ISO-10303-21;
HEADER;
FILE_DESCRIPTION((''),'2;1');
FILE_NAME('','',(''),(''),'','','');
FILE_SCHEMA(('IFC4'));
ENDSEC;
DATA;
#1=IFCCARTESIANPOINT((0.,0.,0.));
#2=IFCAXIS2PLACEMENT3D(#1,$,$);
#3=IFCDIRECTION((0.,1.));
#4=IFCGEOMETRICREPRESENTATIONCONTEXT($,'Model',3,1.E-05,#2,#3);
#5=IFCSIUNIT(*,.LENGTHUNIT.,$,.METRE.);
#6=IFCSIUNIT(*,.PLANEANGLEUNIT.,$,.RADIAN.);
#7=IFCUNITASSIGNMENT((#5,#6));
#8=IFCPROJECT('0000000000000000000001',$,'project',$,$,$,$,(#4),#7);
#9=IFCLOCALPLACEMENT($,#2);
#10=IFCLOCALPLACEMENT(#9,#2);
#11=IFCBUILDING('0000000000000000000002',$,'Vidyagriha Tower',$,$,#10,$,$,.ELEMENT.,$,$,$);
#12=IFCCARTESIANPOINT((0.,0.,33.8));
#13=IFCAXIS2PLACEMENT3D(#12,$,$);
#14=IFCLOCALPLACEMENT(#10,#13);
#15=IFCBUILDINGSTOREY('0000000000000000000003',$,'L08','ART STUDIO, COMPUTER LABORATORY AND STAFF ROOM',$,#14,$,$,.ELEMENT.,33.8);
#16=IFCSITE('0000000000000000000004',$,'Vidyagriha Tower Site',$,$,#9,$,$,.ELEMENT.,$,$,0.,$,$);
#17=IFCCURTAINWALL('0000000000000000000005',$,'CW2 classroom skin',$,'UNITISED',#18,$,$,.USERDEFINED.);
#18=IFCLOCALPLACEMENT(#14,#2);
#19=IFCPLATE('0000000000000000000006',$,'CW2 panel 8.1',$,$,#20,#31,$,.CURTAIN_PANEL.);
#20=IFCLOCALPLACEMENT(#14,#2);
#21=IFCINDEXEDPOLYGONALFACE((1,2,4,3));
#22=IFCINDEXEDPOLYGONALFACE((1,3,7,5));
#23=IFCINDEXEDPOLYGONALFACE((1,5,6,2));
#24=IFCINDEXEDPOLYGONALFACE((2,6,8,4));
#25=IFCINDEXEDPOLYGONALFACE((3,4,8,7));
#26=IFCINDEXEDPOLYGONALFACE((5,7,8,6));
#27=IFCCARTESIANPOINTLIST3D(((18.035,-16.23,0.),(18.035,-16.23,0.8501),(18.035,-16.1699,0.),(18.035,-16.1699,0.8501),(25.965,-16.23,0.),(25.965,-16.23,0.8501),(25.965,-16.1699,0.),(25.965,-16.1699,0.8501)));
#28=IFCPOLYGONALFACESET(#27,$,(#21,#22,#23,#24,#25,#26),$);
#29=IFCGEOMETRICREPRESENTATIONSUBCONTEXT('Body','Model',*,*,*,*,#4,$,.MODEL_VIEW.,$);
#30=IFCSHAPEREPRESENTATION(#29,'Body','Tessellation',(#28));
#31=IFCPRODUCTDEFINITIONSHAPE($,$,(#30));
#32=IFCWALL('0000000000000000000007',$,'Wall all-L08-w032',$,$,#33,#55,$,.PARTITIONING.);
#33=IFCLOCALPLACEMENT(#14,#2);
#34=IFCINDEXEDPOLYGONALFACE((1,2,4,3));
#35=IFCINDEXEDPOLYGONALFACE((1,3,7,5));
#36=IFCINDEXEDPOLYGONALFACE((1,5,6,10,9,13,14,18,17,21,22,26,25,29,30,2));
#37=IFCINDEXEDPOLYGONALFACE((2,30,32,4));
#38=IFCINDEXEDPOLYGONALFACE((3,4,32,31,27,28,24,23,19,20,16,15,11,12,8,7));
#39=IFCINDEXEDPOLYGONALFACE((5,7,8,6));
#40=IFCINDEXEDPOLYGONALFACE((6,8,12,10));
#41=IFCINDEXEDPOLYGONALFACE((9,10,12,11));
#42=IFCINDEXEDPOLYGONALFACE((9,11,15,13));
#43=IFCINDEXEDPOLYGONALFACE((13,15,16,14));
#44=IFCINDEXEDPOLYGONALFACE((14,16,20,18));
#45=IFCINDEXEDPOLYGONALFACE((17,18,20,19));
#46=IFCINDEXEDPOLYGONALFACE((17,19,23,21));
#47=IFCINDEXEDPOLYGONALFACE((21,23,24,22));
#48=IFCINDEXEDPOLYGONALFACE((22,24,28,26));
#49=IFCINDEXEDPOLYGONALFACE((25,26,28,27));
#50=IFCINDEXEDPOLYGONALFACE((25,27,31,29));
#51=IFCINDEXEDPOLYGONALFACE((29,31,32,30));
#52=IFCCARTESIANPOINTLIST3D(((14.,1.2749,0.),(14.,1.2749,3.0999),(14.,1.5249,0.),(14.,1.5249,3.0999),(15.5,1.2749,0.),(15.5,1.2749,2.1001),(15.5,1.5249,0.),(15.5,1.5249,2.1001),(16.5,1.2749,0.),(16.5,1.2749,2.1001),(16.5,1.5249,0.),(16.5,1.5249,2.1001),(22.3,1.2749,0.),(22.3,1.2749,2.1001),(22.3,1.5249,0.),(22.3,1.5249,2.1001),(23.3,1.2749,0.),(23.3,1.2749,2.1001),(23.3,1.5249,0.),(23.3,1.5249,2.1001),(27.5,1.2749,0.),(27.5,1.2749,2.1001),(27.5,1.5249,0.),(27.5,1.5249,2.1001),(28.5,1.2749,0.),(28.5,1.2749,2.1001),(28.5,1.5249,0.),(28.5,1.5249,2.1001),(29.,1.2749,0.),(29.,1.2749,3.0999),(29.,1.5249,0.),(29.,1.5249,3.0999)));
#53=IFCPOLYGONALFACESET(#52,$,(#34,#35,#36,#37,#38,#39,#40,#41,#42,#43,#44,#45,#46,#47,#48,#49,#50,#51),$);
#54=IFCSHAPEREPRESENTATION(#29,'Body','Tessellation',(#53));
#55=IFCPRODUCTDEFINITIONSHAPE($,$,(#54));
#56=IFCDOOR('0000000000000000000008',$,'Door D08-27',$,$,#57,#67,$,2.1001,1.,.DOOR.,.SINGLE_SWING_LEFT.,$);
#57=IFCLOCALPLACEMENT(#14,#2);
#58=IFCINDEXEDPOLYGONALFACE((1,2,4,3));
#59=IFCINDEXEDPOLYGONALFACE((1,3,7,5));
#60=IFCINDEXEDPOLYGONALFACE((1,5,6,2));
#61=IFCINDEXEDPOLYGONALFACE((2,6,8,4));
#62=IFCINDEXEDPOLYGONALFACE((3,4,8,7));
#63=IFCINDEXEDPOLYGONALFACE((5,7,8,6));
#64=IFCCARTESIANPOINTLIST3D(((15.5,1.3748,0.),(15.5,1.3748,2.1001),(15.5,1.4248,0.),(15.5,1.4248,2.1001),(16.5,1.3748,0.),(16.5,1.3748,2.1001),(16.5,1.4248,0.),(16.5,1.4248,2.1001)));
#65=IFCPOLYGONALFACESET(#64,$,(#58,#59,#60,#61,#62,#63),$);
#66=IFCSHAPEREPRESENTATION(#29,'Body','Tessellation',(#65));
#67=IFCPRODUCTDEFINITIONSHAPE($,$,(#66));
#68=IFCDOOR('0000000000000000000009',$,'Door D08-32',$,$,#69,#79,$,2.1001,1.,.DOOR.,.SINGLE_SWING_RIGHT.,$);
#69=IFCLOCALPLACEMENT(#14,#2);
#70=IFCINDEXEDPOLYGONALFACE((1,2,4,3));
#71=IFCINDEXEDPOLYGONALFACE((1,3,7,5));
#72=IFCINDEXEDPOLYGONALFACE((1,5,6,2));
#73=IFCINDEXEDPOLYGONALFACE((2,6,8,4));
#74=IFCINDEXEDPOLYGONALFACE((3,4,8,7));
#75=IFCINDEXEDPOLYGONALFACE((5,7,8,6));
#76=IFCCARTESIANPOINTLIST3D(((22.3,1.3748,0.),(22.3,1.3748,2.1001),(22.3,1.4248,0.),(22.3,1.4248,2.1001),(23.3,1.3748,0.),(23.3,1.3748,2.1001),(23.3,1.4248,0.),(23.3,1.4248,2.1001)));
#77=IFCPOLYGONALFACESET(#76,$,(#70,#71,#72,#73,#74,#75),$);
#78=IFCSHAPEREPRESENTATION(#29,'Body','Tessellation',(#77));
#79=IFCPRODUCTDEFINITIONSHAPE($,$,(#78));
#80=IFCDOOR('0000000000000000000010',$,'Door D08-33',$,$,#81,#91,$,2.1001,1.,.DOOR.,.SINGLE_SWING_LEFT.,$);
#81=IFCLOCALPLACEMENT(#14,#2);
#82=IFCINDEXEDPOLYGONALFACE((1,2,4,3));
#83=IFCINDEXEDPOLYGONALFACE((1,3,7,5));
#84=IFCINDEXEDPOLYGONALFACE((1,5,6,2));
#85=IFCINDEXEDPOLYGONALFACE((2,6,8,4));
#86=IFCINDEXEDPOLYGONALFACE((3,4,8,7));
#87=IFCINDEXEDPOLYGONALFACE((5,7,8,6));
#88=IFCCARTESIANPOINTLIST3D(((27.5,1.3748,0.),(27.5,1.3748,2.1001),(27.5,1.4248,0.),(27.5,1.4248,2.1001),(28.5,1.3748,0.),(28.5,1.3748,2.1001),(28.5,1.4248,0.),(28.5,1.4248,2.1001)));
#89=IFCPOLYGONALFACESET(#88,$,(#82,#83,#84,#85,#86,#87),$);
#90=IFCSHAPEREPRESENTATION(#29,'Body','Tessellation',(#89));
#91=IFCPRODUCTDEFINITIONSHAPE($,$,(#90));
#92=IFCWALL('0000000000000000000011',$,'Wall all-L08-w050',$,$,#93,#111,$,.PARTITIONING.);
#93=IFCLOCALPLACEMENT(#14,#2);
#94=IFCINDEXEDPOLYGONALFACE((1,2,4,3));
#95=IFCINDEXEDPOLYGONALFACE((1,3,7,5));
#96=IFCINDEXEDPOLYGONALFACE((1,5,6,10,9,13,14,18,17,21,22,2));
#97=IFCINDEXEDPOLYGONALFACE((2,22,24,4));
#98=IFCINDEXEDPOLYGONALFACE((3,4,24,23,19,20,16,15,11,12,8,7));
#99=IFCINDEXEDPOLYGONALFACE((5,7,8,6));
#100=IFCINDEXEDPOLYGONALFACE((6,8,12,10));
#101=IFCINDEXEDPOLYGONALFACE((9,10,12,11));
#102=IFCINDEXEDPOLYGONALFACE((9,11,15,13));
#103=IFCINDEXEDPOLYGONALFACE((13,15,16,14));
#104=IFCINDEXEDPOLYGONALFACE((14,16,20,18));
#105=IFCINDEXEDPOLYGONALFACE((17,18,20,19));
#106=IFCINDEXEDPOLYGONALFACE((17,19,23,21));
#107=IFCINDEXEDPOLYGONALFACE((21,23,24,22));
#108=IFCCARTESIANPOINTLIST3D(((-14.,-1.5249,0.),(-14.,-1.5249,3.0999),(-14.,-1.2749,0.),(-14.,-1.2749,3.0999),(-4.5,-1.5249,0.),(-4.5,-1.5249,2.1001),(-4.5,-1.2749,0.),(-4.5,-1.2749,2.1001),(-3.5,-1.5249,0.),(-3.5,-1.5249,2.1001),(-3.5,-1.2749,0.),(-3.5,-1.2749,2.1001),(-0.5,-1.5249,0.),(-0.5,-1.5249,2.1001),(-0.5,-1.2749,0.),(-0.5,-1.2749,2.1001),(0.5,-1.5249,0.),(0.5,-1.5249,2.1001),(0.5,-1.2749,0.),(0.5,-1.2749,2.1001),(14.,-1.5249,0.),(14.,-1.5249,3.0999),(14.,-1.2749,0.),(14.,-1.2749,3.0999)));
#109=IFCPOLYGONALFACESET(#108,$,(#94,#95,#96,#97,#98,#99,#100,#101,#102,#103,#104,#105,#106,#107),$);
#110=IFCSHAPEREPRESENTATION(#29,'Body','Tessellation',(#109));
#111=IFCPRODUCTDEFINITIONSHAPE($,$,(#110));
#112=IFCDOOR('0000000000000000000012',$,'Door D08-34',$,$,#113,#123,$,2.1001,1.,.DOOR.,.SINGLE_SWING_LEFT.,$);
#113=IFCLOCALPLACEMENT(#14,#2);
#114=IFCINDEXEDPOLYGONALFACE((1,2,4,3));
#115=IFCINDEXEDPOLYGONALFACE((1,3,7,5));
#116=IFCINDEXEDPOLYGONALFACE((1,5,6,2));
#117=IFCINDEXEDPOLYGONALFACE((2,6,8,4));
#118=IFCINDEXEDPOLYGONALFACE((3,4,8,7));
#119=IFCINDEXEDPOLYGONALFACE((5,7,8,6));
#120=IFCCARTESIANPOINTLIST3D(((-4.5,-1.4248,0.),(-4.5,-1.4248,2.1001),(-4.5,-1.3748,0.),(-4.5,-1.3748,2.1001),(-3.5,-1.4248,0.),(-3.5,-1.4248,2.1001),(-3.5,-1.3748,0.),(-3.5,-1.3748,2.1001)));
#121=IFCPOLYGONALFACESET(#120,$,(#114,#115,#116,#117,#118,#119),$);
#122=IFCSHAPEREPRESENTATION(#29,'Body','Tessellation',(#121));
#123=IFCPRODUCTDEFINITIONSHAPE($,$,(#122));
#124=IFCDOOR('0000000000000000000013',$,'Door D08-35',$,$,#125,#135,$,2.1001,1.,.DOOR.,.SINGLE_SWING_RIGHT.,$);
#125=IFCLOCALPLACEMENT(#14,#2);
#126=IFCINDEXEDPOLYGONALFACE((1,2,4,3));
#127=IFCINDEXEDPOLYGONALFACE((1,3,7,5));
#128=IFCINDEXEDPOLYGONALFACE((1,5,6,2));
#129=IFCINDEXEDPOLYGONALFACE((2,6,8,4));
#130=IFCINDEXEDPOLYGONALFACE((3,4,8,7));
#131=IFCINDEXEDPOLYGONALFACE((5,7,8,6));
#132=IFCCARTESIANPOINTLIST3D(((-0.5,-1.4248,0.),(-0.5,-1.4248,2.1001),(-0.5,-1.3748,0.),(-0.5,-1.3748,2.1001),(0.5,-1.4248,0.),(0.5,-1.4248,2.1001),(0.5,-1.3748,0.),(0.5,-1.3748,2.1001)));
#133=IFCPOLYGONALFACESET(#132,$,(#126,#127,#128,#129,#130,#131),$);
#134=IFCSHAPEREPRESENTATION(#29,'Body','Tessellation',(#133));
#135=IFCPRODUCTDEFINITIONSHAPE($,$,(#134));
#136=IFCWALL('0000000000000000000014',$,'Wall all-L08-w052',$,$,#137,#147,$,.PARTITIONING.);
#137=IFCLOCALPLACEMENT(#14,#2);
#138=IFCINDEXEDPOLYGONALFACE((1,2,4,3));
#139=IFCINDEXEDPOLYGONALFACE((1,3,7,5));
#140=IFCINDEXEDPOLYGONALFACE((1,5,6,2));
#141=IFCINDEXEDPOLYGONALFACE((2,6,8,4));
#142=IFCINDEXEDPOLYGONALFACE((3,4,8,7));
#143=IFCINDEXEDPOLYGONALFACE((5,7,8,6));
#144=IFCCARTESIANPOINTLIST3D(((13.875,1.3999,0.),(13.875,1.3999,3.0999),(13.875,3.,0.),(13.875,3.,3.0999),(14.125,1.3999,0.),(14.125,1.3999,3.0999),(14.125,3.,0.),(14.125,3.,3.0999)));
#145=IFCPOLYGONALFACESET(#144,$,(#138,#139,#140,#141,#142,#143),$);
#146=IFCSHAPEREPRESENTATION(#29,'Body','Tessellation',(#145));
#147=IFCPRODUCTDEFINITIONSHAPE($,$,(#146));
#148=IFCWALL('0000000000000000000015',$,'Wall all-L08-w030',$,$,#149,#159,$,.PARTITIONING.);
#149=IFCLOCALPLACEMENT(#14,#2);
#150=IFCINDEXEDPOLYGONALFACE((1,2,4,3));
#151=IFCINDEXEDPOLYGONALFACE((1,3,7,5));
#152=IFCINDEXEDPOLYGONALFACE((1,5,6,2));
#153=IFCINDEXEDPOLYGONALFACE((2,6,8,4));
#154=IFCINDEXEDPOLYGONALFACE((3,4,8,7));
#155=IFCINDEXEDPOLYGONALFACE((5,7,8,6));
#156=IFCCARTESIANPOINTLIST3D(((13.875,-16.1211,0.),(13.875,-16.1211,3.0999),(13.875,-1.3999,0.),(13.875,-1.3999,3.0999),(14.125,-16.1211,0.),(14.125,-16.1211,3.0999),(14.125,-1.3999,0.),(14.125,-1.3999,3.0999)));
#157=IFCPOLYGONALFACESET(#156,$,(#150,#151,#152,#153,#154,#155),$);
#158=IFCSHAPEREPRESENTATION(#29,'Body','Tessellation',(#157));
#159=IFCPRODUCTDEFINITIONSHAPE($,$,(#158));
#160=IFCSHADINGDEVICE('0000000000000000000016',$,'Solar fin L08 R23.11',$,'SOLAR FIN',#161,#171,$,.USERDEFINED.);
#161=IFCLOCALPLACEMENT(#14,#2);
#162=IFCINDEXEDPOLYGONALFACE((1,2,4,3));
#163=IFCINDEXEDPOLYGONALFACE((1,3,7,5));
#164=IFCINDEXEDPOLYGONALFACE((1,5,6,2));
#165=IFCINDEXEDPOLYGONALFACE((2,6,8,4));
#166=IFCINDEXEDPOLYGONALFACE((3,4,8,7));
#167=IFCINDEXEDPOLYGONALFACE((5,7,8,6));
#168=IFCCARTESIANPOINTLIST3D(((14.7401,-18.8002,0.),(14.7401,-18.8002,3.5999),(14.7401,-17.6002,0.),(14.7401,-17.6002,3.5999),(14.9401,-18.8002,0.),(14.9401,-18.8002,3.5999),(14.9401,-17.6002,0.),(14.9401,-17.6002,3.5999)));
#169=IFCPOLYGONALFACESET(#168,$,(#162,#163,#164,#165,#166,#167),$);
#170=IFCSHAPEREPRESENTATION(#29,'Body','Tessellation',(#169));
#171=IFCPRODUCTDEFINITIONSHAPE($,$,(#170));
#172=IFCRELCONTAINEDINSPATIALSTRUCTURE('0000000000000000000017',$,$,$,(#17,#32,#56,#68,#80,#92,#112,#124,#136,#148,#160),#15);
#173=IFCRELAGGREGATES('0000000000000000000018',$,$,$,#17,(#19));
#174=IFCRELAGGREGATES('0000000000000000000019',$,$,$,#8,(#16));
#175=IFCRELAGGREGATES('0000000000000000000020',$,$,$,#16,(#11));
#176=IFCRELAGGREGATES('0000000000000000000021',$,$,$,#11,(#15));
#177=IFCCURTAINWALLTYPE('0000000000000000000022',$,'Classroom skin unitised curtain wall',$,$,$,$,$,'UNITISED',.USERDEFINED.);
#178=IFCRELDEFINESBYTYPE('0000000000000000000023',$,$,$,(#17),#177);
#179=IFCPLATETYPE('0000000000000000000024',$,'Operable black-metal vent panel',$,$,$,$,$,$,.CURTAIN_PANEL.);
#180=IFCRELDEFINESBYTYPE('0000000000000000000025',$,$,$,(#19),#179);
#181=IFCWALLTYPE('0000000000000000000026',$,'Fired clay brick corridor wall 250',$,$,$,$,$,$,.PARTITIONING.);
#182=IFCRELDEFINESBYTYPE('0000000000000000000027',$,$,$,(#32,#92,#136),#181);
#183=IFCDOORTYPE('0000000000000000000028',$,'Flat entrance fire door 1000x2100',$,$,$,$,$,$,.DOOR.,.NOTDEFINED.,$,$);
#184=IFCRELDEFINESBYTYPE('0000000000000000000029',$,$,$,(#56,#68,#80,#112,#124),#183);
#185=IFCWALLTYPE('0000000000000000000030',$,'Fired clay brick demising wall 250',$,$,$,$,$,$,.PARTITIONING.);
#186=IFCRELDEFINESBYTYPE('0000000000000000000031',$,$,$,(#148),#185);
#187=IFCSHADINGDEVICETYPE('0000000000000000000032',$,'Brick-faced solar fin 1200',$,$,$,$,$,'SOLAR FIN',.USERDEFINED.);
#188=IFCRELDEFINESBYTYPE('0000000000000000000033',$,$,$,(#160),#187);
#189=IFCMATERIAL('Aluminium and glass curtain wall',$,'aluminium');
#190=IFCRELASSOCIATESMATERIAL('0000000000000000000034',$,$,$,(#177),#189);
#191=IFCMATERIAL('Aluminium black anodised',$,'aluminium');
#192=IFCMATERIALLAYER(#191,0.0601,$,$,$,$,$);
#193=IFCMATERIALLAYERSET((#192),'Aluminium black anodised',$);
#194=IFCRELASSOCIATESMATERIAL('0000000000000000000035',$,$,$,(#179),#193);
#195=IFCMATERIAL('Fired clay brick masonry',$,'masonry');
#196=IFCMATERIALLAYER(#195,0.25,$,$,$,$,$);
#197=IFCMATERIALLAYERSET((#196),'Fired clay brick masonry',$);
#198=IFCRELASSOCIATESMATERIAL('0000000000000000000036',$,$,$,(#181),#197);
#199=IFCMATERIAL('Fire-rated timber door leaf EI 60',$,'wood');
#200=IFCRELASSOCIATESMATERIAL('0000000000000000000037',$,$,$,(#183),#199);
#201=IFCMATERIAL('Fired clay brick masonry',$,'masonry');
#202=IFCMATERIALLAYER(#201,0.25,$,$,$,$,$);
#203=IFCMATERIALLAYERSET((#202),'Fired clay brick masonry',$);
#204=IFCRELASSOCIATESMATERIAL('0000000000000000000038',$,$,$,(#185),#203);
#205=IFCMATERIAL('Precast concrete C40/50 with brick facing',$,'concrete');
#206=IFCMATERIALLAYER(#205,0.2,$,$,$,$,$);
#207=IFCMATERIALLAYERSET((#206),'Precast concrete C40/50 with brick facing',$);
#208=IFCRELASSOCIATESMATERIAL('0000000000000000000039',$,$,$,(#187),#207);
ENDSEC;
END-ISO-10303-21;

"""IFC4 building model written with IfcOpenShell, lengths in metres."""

from ifc_helpers import new_model, si_unit, direction, frame, frame_2d, origin, origin_2d, place, context, subcontext, project, spatial, rectangle, extrude, material, layer, layer_set, type_object, element, fill, aggregate, save


model = new_model("IFC4")

# Units and contexts
model_context = context("Model", 3, precision=1e-05, world=origin(), true_north=direction((0.0, 1.0)))
body_context = subcontext(model_context, "Body", "Model", "MODEL_VIEW")
ifc_project = project(units=[si_unit("LENGTHUNIT", "METRE"), si_unit("PLANEANGLEUNIT", "RADIAN")], contexts=[model_context])

# Site, building, storey
site_placement = place(None, origin())
site = spatial("IfcSite", under=ifc_project, at=site_placement, Name="Vidyagriha Tower Site", CompositionType="ELEMENT", RefElevation=0.0)
building_placement = place(site_placement, origin())
building = spatial("IfcBuilding", under=site, at=building_placement, Name="Vidyagriha Tower", CompositionType="ELEMENT")
storey_placement = place(building_placement, frame((0.0, 0.0, 33.8)))
storey = spatial("IfcBuildingStorey", under=building, at=storey_placement, Name="L08", Description="ART STUDIO, COMPUTER LABORATORY AND STAFF ROOM", CompositionType="ELEMENT", Elevation=33.8)

# Curtain wall, plate
ifc_material_1 = material(Name="Aluminium and glass curtain wall", Category="aluminium")
curtain_wall_type = type_object("IfcCurtainWallType", Name="Classroom skin unitised curtain wall", ElementType="UNITISED", PredefinedType="USERDEFINED", material=ifc_material_1)
curtain_wall_placement = place(storey_placement, origin())
curtain_wall = element("IfcCurtainWall", 1, at=curtain_wall_placement, inside=storey, type_object=curtain_wall_type, Name="CW2 classroom skin", ObjectType="UNITISED", PredefinedType="USERDEFINED")
ifc_material_2 = material(Name="Aluminium black anodised", Category="aluminium")
ifc_layer_1 = layer(ifc_material_2, 0.0601)
ifc_layer_set_1 = layer_set([ifc_layer_1], Name="Aluminium black anodised")
plate_type_1 = type_object("IfcPlateType", Name="Operable black-metal vent panel", PredefinedType="CURTAIN_PANEL", material=ifc_layer_set_1)
plate_1_placement = place(storey_placement, frame((22.0, -16.2, 0.0)))
plate_1 = element("IfcPlate", 2, at=plate_1_placement, type_object=plate_type_1, Name="CW2 panel 8.1", PredefinedType="CURTAIN_PANEL", context=body_context, shape_type="SweptSolid", body=[
    extrude(rectangle(XDim=7.9299, YDim=0.0601, at=origin_2d()), origin(), (0.0, 0.0, 1.0), 0.8501),
])
aggregate(curtain_wall, [plate_1])

# Walls, openings, doors
ifc_material_3 = material(Name="Fired clay brick masonry", Category="masonry")
ifc_layer_2 = layer(ifc_material_3, 0.25)
ifc_layer_set_2 = layer_set([ifc_layer_2], Name="Fired clay brick masonry")
wall_type_1 = type_object("IfcWallType", Name="Fired clay brick corridor wall 250", PredefinedType="PARTITIONING", material=ifc_layer_set_2)
wall_1_placement = place(storey_placement, frame((14.0, 1.3999, 0.0)))
wall_1 = element("IfcWall", 3, at=wall_1_placement, inside=storey, type_object=wall_type_1, Name="Wall all-L08-w032", PredefinedType="PARTITIONING", context=body_context, shape_type="SweptSolid", body=[
    extrude(rectangle(XDim=15.0, YDim=0.25, at=frame_2d((7.5, 0.0))), origin(), (0.0, 0.0, 1.0), 3.0999),
])
opening_1_placement = place(wall_1_placement, frame((1.5, 0.0, 0.0)))
opening_1 = element("IfcOpeningElement", 4, at=opening_1_placement, cuts=wall_1, PredefinedType="OPENING", context=body_context, shape_type="SweptSolid", body=[
    extrude(rectangle(XDim=1.0, YDim=2.1001, at=frame_2d((0.5, 1.05))), frame((0.0, 0.135, 0.0), z_axis=(0.0, -1.0, 0.0), x_axis=(1.0, 0.0, 0.0)), (0.0, 0.0, 1.0), 0.27),
])
opening_2_placement = place(wall_1_placement, frame((8.3, 0.0, 0.0)))
opening_2 = element("IfcOpeningElement", 5, at=opening_2_placement, cuts=wall_1, PredefinedType="OPENING", context=body_context, shape_type="SweptSolid", body=[
    extrude(rectangle(XDim=1.0, YDim=2.1001, at=frame_2d((0.5, 1.05))), frame((0.0, 0.135, 0.0), z_axis=(0.0, -1.0, 0.0), x_axis=(1.0, 0.0, 0.0)), (0.0, 0.0, 1.0), 0.27),
])
opening_3_placement = place(wall_1_placement, frame((13.5, 0.0, 0.0)))
opening_3 = element("IfcOpeningElement", 6, at=opening_3_placement, cuts=wall_1, PredefinedType="OPENING", context=body_context, shape_type="SweptSolid", body=[
    extrude(rectangle(XDim=1.0, YDim=2.1001, at=frame_2d((0.5, 1.05))), frame((0.0, 0.135, 0.0), z_axis=(0.0, -1.0, 0.0), x_axis=(1.0, 0.0, 0.0)), (0.0, 0.0, 1.0), 0.27),
])
ifc_material_4 = material(Name="Fire-rated timber door leaf EI 60", Category="wood")
door_type = type_object("IfcDoorType", Name="Flat entrance fire door 1000x2100", OperationType="NOTDEFINED", PredefinedType="DOOR", material=ifc_material_4)
door_1_placement = place(opening_1_placement, origin())
door_1 = element("IfcDoor", 7, at=door_1_placement, inside=storey, type_object=door_type, Name="Door D08-27", OperationType="SINGLE_SWING_LEFT", OverallHeight=2.1001, OverallWidth=1.0, PredefinedType="DOOR", context=body_context, shape_type="SweptSolid", body=[
    extrude(rectangle(XDim=1.0, YDim=2.1001, at=frame_2d((0.5, 1.05))), frame((0.0, 0.0249, 0.0), z_axis=(0.0, -1.0, 0.0), x_axis=(1.0, 0.0, 0.0)), (0.0, 0.0, 1.0), 0.05),
])
fill(opening_1, door_1)
door_2_placement = place(opening_2_placement, origin())
door_2 = element("IfcDoor", 8, at=door_2_placement, inside=storey, type_object=door_type, Name="Door D08-32", OperationType="SINGLE_SWING_RIGHT", OverallHeight=2.1001, OverallWidth=1.0, PredefinedType="DOOR", context=body_context, shape_type="SweptSolid", body=[
    extrude(rectangle(XDim=1.0, YDim=2.1001, at=frame_2d((0.5, 1.05))), frame((0.0, 0.0249, 0.0), z_axis=(0.0, -1.0, 0.0), x_axis=(1.0, 0.0, 0.0)), (0.0, 0.0, 1.0), 0.05),
])
fill(opening_2, door_2)
door_3_placement = place(opening_3_placement, origin())
door_3 = element("IfcDoor", 9, at=door_3_placement, inside=storey, type_object=door_type, Name="Door D08-33", OperationType="SINGLE_SWING_LEFT", OverallHeight=2.1001, OverallWidth=1.0, PredefinedType="DOOR", context=body_context, shape_type="SweptSolid", body=[
    extrude(rectangle(XDim=1.0, YDim=2.1001, at=frame_2d((0.5, 1.05))), frame((0.0, 0.0249, 0.0), z_axis=(0.0, -1.0, 0.0), x_axis=(1.0, 0.0, 0.0)), (0.0, 0.0, 1.0), 0.05),
])
fill(opening_3, door_3)
wall_2_placement = place(storey_placement, frame((14.0, -1.3999, 0.0), z_axis=(0.0, 0.0, 1.0), x_axis=(-1.0, 0.0, 0.0)))
wall_2 = element("IfcWall", 10, at=wall_2_placement, inside=storey, type_object=wall_type_1, Name="Wall all-L08-w050", PredefinedType="PARTITIONING", context=body_context, shape_type="SweptSolid", body=[
    extrude(rectangle(XDim=28.0, YDim=0.25, at=frame_2d((14.0, 0.0))), origin(), (0.0, 0.0, 1.0), 3.0999),
])
opening_4_placement = place(wall_2_placement, frame((17.5, 0.0, 0.0)))
opening_4 = element("IfcOpeningElement", 11, at=opening_4_placement, cuts=wall_2, PredefinedType="OPENING", context=body_context, shape_type="SweptSolid", body=[
    extrude(rectangle(XDim=1.0, YDim=2.1001, at=frame_2d((0.5, 1.05))), frame((0.0, 0.135, 0.0), z_axis=(0.0, -1.0, 0.0), x_axis=(1.0, 0.0, 0.0)), (0.0, 0.0, 1.0), 0.27),
])
opening_5_placement = place(wall_2_placement, frame((13.5, 0.0, 0.0)))
opening_5 = element("IfcOpeningElement", 12, at=opening_5_placement, cuts=wall_2, PredefinedType="OPENING", context=body_context, shape_type="SweptSolid", body=[
    extrude(rectangle(XDim=1.0, YDim=2.1001, at=frame_2d((0.5, 1.05))), frame((0.0, 0.135, 0.0), z_axis=(0.0, -1.0, 0.0), x_axis=(1.0, 0.0, 0.0)), (0.0, 0.0, 1.0), 0.27),
])
door_4_placement = place(opening_4_placement, origin())
door_4 = element("IfcDoor", 13, at=door_4_placement, inside=storey, type_object=door_type, Name="Door D08-34", OperationType="SINGLE_SWING_LEFT", OverallHeight=2.1001, OverallWidth=1.0, PredefinedType="DOOR", context=body_context, shape_type="SweptSolid", body=[
    extrude(rectangle(XDim=1.0, YDim=2.1001, at=frame_2d((0.5, 1.05))), frame((0.0, 0.0249, 0.0), z_axis=(0.0, -1.0, 0.0), x_axis=(1.0, 0.0, 0.0)), (0.0, 0.0, 1.0), 0.05),
])
fill(opening_4, door_4)
door_5_placement = place(opening_5_placement, origin())
door_5 = element("IfcDoor", 14, at=door_5_placement, inside=storey, type_object=door_type, Name="Door D08-35", OperationType="SINGLE_SWING_RIGHT", OverallHeight=2.1001, OverallWidth=1.0, PredefinedType="DOOR", context=body_context, shape_type="SweptSolid", body=[
    extrude(rectangle(XDim=1.0, YDim=2.1001, at=frame_2d((0.5, 1.05))), frame((0.0, 0.0249, 0.0), z_axis=(0.0, -1.0, 0.0), x_axis=(1.0, 0.0, 0.0)), (0.0, 0.0, 1.0), 0.05),
])
fill(opening_5, door_5)

# Walls
wall_3_placement = place(storey_placement, frame((14.0, 1.3999, 0.0), z_axis=(0.0, 0.0, 1.0), x_axis=(0.0, 1.0, 0.0)))
element("IfcWall", 15, at=wall_3_placement, inside=storey, type_object=wall_type_1, Name="Wall all-L08-w052", PredefinedType="PARTITIONING", context=body_context, shape_type="SweptSolid", body=[
    extrude(rectangle(XDim=1.6001, YDim=0.25, at=frame_2d((0.8, 0.0))), origin(), (0.0, 0.0, 1.0), 3.0999),
])
ifc_material_5 = material(Name="Fired clay brick masonry", Category="masonry")
ifc_layer_3 = layer(ifc_material_5, 0.25)
ifc_layer_set_3 = layer_set([ifc_layer_3], Name="Fired clay brick masonry")
wall_type_2 = type_object("IfcWallType", Name="Fired clay brick demising wall 250", PredefinedType="PARTITIONING", material=ifc_layer_set_3)
wall_4_placement = place(storey_placement, frame((14.0, -1.3999, 0.0), z_axis=(0.0, 0.0, 1.0), x_axis=(0.0, -1.0, 0.0)))
element("IfcWall", 16, at=wall_4_placement, inside=storey, type_object=wall_type_2, Name="Wall all-L08-w030", PredefinedType="PARTITIONING", context=body_context, shape_type="SweptSolid", body=[
    extrude(rectangle(XDim=14.7212, YDim=0.25, at=frame_2d((7.3606, 0.0))), origin(), (0.0, 0.0, 1.0), 3.0999),
])

# Shading device
ifc_material_6 = material(Name="Precast concrete C40/50 with brick facing", Category="concrete")
ifc_layer_4 = layer(ifc_material_6, 0.2)
ifc_layer_set_4 = layer_set([ifc_layer_4], Name="Precast concrete C40/50 with brick facing")
shading_device_type = type_object("IfcShadingDeviceType", Name="Brick-faced solar fin 1200", ElementType="SOLAR FIN", PredefinedType="USERDEFINED", material=ifc_layer_set_4)
for number, where, z_axis, x_axis, name in (
    (17, (14.8401, -17.6001, 0.0), (0.0, 0.0, 1.0), (0.0, -1.0, 0.0), "Solar fin L08 R23.11"),
):
    element("IfcShadingDevice", number, at=place(storey_placement, frame(where, z_axis=z_axis, x_axis=x_axis)), inside=storey, type_object=shading_device_type, Name=name, ObjectType="SOLAR FIN", PredefinedType="USERDEFINED", context=body_context, shape_type="SweptSolid", body=[
        extrude(rectangle(XDim=1.2, YDim=0.2, at=frame_2d((0.6001, 0.0))), origin(), (0.0, 0.0, 1.0), 3.5999),
    ])

save(model, "model.ifc")
